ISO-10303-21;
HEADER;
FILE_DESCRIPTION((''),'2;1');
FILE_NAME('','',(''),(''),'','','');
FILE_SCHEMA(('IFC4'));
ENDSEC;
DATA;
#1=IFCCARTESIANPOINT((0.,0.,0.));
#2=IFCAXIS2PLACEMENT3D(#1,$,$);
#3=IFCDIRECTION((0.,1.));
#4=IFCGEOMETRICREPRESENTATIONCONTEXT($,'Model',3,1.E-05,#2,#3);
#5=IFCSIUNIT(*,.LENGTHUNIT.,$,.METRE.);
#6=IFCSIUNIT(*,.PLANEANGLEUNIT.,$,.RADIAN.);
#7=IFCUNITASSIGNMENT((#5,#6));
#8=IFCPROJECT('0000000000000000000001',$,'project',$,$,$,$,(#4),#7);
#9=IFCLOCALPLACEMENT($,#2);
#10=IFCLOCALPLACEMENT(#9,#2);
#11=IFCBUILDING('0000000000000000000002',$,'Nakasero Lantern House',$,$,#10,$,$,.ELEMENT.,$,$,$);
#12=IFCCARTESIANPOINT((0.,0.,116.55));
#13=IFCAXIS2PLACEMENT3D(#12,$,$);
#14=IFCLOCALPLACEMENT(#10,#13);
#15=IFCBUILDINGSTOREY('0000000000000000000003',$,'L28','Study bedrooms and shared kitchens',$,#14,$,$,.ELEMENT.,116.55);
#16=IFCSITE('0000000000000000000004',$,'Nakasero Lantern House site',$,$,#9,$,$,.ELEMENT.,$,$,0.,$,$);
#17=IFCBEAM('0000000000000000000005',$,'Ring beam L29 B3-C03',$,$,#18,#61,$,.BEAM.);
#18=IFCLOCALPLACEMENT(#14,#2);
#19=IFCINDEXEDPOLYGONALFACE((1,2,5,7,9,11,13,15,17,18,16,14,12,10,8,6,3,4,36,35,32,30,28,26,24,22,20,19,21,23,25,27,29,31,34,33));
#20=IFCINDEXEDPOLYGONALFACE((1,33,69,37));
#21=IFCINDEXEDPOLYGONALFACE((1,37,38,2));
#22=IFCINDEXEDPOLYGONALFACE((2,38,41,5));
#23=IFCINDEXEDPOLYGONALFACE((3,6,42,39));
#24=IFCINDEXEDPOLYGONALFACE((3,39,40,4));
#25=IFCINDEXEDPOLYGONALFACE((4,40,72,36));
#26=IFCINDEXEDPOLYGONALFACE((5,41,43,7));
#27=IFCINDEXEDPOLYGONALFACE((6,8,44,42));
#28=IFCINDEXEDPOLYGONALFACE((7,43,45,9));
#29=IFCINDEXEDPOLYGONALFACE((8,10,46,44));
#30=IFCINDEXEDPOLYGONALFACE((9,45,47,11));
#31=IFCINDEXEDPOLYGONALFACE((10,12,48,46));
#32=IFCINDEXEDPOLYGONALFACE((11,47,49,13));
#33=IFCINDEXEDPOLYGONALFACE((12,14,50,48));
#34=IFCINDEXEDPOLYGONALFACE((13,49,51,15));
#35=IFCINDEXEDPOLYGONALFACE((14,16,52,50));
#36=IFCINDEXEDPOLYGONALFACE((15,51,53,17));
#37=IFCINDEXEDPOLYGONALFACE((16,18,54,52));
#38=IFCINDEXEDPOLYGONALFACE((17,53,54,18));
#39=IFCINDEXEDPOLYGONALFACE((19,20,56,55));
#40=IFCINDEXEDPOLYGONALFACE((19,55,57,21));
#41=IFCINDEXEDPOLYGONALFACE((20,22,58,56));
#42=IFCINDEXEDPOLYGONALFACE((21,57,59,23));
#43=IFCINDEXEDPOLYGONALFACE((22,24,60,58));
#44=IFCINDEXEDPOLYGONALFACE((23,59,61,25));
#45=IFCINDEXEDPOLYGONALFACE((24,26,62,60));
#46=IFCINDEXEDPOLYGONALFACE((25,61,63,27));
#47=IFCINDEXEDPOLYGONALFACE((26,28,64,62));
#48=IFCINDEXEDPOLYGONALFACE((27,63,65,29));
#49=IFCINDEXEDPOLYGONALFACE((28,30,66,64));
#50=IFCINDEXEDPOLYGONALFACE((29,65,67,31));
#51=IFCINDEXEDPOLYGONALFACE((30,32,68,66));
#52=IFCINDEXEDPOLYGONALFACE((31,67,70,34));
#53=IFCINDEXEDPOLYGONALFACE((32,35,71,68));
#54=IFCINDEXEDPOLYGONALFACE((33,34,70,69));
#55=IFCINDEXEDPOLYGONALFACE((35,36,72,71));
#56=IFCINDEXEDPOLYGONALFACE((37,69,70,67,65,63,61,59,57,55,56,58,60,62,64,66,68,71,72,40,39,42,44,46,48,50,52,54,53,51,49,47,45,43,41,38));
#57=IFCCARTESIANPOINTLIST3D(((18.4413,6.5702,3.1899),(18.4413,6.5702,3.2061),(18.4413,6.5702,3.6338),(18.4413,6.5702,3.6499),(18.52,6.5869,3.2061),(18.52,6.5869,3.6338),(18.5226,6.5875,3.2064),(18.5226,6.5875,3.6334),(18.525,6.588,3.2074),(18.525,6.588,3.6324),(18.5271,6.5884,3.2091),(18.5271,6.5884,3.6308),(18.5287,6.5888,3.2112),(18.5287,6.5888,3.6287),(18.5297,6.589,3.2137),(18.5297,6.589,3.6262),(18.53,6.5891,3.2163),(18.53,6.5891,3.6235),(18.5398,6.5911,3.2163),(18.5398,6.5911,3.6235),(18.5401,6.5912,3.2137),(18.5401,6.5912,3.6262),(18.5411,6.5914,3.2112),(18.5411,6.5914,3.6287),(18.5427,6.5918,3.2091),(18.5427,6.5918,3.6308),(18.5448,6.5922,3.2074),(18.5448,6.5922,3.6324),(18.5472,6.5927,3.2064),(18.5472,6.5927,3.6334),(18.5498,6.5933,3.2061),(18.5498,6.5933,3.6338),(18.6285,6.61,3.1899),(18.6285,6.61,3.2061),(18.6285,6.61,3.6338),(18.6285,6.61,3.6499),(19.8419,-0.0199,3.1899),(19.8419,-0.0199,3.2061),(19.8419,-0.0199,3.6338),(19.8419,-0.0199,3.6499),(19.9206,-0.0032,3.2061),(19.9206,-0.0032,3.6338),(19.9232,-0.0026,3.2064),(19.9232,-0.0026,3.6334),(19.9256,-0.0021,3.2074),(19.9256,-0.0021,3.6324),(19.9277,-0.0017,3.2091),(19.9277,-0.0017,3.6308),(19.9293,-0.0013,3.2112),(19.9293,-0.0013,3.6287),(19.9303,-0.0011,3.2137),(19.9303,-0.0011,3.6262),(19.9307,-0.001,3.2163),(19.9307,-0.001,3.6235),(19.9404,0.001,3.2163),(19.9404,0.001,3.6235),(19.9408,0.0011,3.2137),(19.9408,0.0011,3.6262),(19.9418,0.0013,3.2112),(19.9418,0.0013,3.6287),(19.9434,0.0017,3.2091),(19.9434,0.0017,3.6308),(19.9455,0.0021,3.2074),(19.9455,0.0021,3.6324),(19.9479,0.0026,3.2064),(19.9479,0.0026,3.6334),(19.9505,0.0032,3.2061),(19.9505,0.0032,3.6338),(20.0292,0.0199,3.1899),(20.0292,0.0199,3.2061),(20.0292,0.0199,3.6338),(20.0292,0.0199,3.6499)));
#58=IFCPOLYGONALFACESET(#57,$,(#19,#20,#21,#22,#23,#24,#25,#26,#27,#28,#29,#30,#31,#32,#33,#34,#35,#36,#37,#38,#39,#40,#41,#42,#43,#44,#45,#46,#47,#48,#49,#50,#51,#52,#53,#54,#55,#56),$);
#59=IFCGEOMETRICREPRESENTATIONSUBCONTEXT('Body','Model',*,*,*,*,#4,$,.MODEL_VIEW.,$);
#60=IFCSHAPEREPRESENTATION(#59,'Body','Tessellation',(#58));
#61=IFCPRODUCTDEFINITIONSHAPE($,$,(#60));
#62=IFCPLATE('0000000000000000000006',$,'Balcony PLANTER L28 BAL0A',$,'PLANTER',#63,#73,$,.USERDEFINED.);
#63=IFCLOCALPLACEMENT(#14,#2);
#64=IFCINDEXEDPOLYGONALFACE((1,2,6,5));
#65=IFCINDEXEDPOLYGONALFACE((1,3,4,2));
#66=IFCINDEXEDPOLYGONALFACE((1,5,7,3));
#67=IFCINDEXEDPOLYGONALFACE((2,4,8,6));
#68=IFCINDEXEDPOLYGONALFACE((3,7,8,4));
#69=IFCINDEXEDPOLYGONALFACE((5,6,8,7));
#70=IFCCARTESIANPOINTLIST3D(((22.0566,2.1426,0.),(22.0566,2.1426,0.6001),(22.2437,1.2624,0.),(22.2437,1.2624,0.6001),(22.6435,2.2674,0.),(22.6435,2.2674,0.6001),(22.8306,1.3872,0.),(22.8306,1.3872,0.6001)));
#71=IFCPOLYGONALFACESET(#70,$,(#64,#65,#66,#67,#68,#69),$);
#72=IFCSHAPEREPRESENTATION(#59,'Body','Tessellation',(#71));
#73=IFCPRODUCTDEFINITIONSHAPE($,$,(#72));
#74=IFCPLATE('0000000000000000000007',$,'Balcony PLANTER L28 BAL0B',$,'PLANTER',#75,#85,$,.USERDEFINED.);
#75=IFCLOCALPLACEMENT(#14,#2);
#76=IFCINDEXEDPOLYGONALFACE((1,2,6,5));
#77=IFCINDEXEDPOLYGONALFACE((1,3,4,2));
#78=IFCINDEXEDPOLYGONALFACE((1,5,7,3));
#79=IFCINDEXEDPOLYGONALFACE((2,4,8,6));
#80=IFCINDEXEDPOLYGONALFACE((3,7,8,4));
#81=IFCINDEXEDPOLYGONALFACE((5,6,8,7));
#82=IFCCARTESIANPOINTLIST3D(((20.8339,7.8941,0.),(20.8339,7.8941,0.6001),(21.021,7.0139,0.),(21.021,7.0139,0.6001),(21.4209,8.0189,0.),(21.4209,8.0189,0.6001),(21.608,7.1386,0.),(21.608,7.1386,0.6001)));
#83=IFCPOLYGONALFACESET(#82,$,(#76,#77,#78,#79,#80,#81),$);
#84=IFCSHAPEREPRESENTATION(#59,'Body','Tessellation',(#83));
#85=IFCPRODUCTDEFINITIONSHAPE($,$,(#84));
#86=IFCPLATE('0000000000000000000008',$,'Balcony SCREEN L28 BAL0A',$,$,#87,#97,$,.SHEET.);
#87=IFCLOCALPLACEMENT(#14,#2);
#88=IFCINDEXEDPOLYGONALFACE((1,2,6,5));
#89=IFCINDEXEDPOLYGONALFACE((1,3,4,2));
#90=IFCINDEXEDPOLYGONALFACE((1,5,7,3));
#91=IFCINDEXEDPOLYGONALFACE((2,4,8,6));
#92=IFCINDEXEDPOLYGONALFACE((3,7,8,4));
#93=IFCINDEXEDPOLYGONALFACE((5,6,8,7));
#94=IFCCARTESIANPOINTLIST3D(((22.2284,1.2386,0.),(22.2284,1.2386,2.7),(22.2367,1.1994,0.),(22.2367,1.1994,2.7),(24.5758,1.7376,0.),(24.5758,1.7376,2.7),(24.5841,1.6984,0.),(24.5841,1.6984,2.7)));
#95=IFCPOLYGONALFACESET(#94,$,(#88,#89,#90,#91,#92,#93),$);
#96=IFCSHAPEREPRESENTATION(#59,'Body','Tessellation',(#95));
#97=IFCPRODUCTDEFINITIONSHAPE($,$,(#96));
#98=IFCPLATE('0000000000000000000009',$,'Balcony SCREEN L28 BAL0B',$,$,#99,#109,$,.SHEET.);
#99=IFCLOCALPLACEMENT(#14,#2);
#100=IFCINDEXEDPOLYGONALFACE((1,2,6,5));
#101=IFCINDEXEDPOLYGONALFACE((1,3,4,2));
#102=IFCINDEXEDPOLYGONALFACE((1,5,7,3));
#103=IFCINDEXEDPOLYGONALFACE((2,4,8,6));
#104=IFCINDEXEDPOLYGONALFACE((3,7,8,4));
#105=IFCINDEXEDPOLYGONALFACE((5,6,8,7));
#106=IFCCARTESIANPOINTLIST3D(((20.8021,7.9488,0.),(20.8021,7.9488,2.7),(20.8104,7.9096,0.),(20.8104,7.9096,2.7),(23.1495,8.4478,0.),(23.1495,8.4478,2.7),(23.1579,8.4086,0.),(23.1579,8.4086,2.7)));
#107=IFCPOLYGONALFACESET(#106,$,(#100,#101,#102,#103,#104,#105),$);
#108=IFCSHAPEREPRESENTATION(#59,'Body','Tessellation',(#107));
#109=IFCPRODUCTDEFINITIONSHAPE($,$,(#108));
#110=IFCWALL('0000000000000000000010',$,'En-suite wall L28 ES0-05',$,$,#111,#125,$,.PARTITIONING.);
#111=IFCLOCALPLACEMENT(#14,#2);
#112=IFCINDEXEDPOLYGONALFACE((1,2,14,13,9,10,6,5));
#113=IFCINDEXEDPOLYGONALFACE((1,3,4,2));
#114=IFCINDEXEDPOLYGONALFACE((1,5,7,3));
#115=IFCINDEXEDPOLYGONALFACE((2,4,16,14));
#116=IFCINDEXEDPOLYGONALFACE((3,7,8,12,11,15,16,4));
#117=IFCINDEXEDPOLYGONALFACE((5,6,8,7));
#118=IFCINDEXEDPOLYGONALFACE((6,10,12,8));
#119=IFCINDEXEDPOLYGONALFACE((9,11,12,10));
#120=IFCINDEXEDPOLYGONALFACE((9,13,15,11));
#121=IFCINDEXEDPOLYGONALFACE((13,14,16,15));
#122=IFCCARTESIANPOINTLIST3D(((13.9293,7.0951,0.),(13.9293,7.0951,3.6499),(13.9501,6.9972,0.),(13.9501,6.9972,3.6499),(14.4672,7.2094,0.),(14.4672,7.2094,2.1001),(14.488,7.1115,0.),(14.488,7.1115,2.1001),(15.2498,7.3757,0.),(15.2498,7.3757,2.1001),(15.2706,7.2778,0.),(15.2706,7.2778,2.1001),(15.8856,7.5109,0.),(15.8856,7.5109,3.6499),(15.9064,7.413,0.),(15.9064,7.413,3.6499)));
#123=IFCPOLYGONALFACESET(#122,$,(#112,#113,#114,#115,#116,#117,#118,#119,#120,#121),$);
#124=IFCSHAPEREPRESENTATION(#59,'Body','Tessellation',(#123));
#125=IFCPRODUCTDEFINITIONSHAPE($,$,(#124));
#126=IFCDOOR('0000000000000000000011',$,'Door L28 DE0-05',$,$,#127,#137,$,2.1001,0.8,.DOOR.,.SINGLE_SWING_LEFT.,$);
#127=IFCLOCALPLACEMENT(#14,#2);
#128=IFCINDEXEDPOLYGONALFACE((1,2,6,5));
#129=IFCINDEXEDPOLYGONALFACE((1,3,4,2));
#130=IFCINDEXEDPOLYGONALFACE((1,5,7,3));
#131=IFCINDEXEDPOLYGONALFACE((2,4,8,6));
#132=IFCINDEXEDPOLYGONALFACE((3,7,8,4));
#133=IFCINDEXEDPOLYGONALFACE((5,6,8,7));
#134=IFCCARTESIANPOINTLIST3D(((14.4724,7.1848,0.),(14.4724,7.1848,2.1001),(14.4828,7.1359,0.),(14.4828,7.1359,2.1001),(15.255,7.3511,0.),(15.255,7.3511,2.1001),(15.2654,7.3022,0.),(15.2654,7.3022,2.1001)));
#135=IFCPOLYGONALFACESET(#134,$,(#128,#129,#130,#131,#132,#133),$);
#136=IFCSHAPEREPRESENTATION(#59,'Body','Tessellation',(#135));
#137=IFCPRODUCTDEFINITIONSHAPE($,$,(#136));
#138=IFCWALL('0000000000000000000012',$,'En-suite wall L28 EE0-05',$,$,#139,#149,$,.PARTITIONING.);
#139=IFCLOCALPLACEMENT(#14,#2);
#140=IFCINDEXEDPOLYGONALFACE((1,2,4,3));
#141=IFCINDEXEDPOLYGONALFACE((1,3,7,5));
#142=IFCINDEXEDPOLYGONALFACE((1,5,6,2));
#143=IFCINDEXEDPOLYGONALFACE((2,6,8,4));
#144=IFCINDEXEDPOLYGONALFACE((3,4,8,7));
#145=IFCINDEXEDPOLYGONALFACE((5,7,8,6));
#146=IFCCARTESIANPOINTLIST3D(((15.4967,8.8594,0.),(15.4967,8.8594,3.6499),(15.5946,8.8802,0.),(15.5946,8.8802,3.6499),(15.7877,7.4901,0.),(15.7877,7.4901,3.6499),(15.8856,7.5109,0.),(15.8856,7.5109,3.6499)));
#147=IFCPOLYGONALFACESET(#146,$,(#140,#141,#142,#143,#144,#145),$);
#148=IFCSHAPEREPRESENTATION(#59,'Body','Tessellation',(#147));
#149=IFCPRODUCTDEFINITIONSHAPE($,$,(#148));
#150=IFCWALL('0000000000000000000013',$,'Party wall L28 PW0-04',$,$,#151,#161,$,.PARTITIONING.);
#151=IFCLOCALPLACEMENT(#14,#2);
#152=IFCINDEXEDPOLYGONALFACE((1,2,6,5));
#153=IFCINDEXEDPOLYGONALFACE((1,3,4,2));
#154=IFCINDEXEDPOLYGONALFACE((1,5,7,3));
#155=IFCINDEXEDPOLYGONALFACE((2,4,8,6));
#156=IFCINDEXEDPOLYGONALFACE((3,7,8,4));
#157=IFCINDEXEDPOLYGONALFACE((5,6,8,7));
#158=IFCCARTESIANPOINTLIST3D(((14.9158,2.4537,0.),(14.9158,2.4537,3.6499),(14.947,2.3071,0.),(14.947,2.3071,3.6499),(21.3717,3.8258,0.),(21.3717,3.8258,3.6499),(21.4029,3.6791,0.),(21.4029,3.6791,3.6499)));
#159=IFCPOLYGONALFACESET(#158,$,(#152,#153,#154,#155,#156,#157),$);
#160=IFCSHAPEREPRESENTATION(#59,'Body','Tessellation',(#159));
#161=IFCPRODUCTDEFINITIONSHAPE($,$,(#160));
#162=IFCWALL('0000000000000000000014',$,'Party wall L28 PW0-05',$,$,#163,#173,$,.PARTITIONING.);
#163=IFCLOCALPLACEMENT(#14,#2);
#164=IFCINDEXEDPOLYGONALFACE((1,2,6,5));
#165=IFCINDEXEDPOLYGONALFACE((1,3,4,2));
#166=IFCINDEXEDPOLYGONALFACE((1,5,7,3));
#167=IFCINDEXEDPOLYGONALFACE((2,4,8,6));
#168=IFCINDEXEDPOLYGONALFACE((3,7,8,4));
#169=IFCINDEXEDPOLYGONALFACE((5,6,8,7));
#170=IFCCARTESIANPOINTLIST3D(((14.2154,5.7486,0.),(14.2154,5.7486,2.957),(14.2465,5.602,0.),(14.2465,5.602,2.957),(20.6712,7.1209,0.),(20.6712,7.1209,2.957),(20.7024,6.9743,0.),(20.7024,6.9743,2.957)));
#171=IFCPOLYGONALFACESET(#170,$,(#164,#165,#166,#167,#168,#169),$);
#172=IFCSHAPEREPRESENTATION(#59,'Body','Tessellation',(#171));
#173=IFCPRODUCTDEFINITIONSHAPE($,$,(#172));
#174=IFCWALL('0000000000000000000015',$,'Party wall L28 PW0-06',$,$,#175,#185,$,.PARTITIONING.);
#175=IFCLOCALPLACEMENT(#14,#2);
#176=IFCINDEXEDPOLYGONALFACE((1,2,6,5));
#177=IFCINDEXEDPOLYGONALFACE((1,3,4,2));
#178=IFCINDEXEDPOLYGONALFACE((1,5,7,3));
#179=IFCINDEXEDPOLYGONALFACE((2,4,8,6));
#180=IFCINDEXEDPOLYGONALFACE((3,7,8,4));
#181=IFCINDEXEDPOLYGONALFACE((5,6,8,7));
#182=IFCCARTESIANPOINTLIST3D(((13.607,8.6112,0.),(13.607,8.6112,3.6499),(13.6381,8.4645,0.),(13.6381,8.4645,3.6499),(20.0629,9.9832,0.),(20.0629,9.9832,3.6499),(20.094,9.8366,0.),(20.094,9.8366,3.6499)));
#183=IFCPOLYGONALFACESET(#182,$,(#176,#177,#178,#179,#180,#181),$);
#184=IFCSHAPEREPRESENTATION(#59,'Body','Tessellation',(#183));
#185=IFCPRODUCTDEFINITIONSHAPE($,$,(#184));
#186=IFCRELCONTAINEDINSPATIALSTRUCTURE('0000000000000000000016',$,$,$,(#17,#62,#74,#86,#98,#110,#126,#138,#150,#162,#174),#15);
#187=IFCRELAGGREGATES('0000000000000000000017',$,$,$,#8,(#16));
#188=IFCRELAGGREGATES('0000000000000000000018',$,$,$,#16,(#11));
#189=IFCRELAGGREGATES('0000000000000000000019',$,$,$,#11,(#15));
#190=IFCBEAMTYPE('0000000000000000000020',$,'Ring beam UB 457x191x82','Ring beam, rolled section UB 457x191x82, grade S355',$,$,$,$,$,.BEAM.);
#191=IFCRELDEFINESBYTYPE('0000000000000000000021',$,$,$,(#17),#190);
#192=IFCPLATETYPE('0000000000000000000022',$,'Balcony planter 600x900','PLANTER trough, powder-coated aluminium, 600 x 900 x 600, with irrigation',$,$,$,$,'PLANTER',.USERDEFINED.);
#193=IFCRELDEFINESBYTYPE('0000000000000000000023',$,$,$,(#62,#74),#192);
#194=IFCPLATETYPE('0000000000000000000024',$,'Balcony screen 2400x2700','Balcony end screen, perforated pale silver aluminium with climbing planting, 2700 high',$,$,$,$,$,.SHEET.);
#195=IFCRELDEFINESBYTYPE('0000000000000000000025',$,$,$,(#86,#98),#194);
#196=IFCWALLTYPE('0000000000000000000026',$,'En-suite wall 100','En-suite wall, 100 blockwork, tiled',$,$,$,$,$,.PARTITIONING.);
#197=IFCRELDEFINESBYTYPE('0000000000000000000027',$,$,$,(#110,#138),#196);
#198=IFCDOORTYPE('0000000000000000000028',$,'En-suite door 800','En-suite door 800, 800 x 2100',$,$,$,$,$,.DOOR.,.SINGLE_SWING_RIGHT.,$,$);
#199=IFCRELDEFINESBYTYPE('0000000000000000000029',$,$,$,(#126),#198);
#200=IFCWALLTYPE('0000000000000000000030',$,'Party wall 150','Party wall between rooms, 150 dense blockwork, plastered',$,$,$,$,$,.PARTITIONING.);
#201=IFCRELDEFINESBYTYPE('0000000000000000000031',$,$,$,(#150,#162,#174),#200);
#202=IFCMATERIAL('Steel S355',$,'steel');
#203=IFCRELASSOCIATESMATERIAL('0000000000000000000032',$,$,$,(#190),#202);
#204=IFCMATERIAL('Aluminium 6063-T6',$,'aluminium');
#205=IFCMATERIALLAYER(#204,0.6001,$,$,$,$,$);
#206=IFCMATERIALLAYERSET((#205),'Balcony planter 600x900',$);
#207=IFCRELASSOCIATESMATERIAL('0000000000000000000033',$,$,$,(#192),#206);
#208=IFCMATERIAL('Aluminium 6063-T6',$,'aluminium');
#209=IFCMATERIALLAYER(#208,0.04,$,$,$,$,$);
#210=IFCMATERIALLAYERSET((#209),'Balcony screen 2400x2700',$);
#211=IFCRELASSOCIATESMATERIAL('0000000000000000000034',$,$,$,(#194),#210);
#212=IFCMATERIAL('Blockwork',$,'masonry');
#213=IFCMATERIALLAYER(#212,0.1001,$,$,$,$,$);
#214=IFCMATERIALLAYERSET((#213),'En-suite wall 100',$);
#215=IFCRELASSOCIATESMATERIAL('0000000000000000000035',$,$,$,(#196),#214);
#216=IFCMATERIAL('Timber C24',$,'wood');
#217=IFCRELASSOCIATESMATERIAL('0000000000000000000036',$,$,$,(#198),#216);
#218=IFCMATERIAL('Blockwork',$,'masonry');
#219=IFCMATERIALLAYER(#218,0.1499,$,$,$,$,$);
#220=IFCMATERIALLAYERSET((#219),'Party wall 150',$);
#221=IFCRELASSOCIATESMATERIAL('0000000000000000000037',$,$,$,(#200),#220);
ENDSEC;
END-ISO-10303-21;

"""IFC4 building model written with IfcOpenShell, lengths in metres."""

from ifc_helpers import new_model, si_unit, direction, frame, frame_2d, origin, origin_2d, place, context, subcontext, project, spatial, rectangle, i_section, extrude, material, layer, layer_set, material_profile, profile_set, type_object, element, fill, save


model = new_model("IFC4")

# Units and contexts
model_context = context("Model", 3, precision=1e-05, world=origin(), true_north=direction((0.0, 1.0)))
body_context = subcontext(model_context, "Body", "Model", "MODEL_VIEW")
ifc_project = project(units=[si_unit("LENGTHUNIT", "METRE"), si_unit("PLANEANGLEUNIT", "RADIAN")], contexts=[model_context])

# Site, building, storey
site_placement = place(None, origin())
site = spatial("IfcSite", under=ifc_project, at=site_placement, Name="Nakasero Lantern House site", CompositionType="ELEMENT", RefElevation=0.0)
building_placement = place(site_placement, origin())
building = spatial("IfcBuilding", under=site, at=building_placement, Name="Nakasero Lantern House", CompositionType="ELEMENT")
storey_placement = place(building_placement, frame((0.0, 0.0, 116.55)))
storey = spatial("IfcBuildingStorey", under=building, at=storey_placement, Name="L28", Description="Study bedrooms and shared kitchens", CompositionType="ELEMENT", Elevation=116.55)

# Beam
ifc_material_1 = material(Name="Steel S355", Category="steel")
ifc_material_profile_1 = material_profile(ifc_material_1, i_section(OverallWidth=0.1914, OverallDepth=0.46, WebThickness=0.01, FlangeThickness=0.0161, FilletRadius=0.0103, at=origin_2d()), Name="UB 457x191x82")
ifc_profile_set_1 = profile_set([ifc_material_profile_1], Name="Steel S355")
beam_type_1 = type_object("IfcBeamType", Name="Ring beam UB 457x191x82", Description="Ring beam, rolled section UB 457x191x82, grade S355", PredefinedType="BEAM", material=ifc_profile_set_1)
beam_1_placement = place(storey_placement, frame((19.9355, 0.0, 3.4199), z_axis=(-0.207893, 0.978152, 0.0), x_axis=(-0.978152, -0.207893, 0.0)))
element("IfcBeam", 1, at=beam_1_placement, inside=storey, type_object=beam_type_1, Name="Ring beam L29 B3-C03", PredefinedType="BEAM", context=body_context, shape_type="SweptSolid", body=[
    extrude(i_section(OverallWidth=0.1914, OverallDepth=0.46, WebThickness=0.01, FlangeThickness=0.0161, FilletRadius=0.0103, at=origin_2d()), origin(), (0.0, 0.0, 1.0), 6.7373),
])

# Plates
ifc_material_2 = material(Name="Aluminium 6063-T6", Category="aluminium")
ifc_layer_1 = layer(ifc_material_2, 0.6001)
ifc_layer_set_1 = layer_set([ifc_layer_1], Name="Balcony planter 600x900")
plate_type_1 = type_object("IfcPlateType", Name="Balcony planter 600x900", Description="PLANTER trough, powder-coated aluminium, 600 x 900 x 600, with irrigation", ElementType="PLANTER", PredefinedType="USERDEFINED", material=ifc_layer_set_1)
for number, where, z_axis, x_axis, name in (
    (2, (22.4436, 1.7649, 0.0), (0.0, 0.0, 1.0), (0.978148, 0.207912, 0.0), "Balcony PLANTER L28 BAL0A"),
    (3, (21.2209, 7.5164, 0.0), (0.0, 0.0, 1.0), (0.978148, 0.207912, 0.0), "Balcony PLANTER L28 BAL0B"),
):
    element("IfcPlate", number, at=place(storey_placement, frame(where, z_axis=z_axis, x_axis=x_axis)), inside=storey, type_object=plate_type_1, Name=name, ObjectType="PLANTER", PredefinedType="USERDEFINED", context=body_context, shape_type="SweptSolid", body=[
        extrude(rectangle(XDim=0.6001, YDim=0.8999, at=origin_2d()), origin(), (0.0, 0.0, 1.0), 0.6001),
    ])
ifc_material_3 = material(Name="Aluminium 6063-T6", Category="aluminium")
ifc_layer_2 = layer(ifc_material_3, 0.04)
ifc_layer_set_2 = layer_set([ifc_layer_2], Name="Balcony screen 2400x2700")
plate_type_2 = type_object("IfcPlateType", Name="Balcony screen 2400x2700", Description="Balcony end screen, perforated pale silver aluminium with climbing planting, 2700 high", PredefinedType="SHEET", material=ifc_layer_set_2)
for number, where, z_axis, x_axis, name in (
    (4, (23.4062, 1.4685, 0.0), (0.0, 0.0, 1.0), (0.978148, 0.207912, 0.0), "Balcony SCREEN L28 BAL0A"),
    (5, (21.98, 8.1787, 0.0), (0.0, 0.0, 1.0), (0.978148, 0.207912, 0.0), "Balcony SCREEN L28 BAL0B"),
):
    element("IfcPlate", number, at=place(storey_placement, frame(where, z_axis=z_axis, x_axis=x_axis)), inside=storey, type_object=plate_type_2, Name=name, PredefinedType="SHEET", context=body_context, shape_type="SweptSolid", body=[
        extrude(rectangle(XDim=2.3999, YDim=0.04, at=origin_2d()), origin(), (0.0, 0.0, 1.0), 2.7),
    ])

# Wall, opening, door
ifc_material_4 = material(Name="Blockwork", Category="masonry")
ifc_layer_3 = layer(ifc_material_4, 0.1001)
ifc_layer_set_3 = layer_set([ifc_layer_3], Name="En-suite wall 100")
wall_type_1 = type_object("IfcWallType", Name="En-suite wall 100", Description="En-suite wall, 100 blockwork, tiled", PredefinedType="PARTITIONING", material=ifc_layer_set_3)
wall_1_placement = place(storey_placement, frame((13.9397, 7.0461, 0.0), z_axis=(0.0, 0.0, 1.0), x_axis=(0.978153, 0.207886, 0.0)))
wall_1 = element("IfcWall", 6, at=wall_1_placement, inside=storey, type_object=wall_type_1, Name="En-suite wall L28 ES0-05", PredefinedType="PARTITIONING", context=body_context, shape_type="SweptSolid", body=[
    extrude(rectangle(XDim=2.0, YDim=0.1001, at=frame_2d((1.0, 0.0))), origin(), (0.0, 0.0, 1.0), 3.6499),
])
opening_placement = place(wall_1_placement, frame((0.55, 0.0, 0.0)))
opening = element("IfcOpeningElement", 7, at=opening_placement, cuts=wall_1, PredefinedType="OPENING", context=body_context, shape_type="SweptSolid", body=[
    extrude(rectangle(XDim=0.8, YDim=2.1001, at=frame_2d((0.3999, 1.05))), frame((0.0, 0.0701, 0.0), z_axis=(0.0, -1.0, 0.0), x_axis=(1.0, 0.0, 0.0)), (0.0, 0.0, 1.0), 0.1401),
])
ifc_material_5 = material(Name="Timber C24", Category="wood")
door_type = type_object("IfcDoorType", Name="En-suite door 800", Description="En-suite door 800, 800 x 2100", OperationType="SINGLE_SWING_RIGHT", PredefinedType="DOOR", material=ifc_material_5)
door_placement = place(opening_placement, origin())
door = element("IfcDoor", 8, at=door_placement, inside=storey, type_object=door_type, Name="Door L28 DE0-05", OperationType="SINGLE_SWING_LEFT", OverallHeight=2.1001, OverallWidth=0.8, PredefinedType="DOOR", context=body_context, shape_type="SweptSolid", body=[
    extrude(rectangle(XDim=0.8, YDim=2.1001, at=frame_2d((0.3999, 1.05))), frame((0.0, 0.0249, 0.0), z_axis=(0.0, -1.0, 0.0), x_axis=(1.0, 0.0, 0.0)), (0.0, 0.0, 1.0), 0.05),
])
fill(opening, door)

# Walls
wall_2_placement = place(storey_placement, frame((15.8367, 7.5005, 0.0), z_axis=(0.0, 0.0, 1.0), x_axis=(-0.207873, 0.978156, 0.0)))
element("IfcWall", 9, at=wall_2_placement, inside=storey, type_object=wall_type_1, Name="En-suite wall L28 EE0-05", PredefinedType="PARTITIONING", context=body_context, shape_type="SweptSolid", body=[
    extrude(rectangle(XDim=1.3999, YDim=0.1001, at=frame_2d((0.7, 0.0))), origin(), (0.0, 0.0, 1.0), 3.6499),
])
ifc_material_6 = material(Name="Blockwork", Category="masonry")
ifc_layer_4 = layer(ifc_material_6, 0.1499)
ifc_layer_set_4 = layer_set([ifc_layer_4], Name="Party wall 150")
wall_type_2 = type_object("IfcWallType", Name="Party wall 150", Description="Party wall between rooms, 150 dense blockwork, plastered", PredefinedType="PARTITIONING", material=ifc_layer_set_4)
wall_3_placement = place(storey_placement, frame((14.9314, 2.3804, 0.0), z_axis=(0.0, 0.0, 1.0), x_axis=(0.978152, 0.207889, 0.0)))
element("IfcWall", 10, at=wall_3_placement, inside=storey, type_object=wall_type_2, Name="Party wall L28 PW0-04", PredefinedType="PARTITIONING", context=body_context, shape_type="SweptSolid", body=[
    extrude(rectangle(XDim=6.6001, YDim=0.1499, at=frame_2d((3.3, 0.0))), origin(), (0.0, 0.0, 1.0), 3.6499),
])
wall_4_placement = place(storey_placement, frame((14.231, 5.6753, 0.0), z_axis=(0.0, 0.0, 1.0), x_axis=(0.978145, 0.207925, 0.0)))
element("IfcWall", 11, at=wall_4_placement, inside=storey, type_object=wall_type_2, Name="Party wall L28 PW0-05", PredefinedType="PARTITIONING", context=body_context, shape_type="SweptSolid", body=[
    extrude(rectangle(XDim=6.6001, YDim=0.1499, at=frame_2d((3.3, 0.0))), origin(), (0.0, 0.0, 1.0), 2.957),
])
wall_5_placement = place(storey_placement, frame((13.6226, 8.5378, 0.0), z_axis=(0.0, 0.0, 1.0), x_axis=(0.978152, 0.207889, 0.0)))
element("IfcWall", 12, at=wall_5_placement, inside=storey, type_object=wall_type_2, Name="Party wall L28 PW0-06", PredefinedType="PARTITIONING", context=body_context, shape_type="SweptSolid", body=[
    extrude(rectangle(XDim=6.6001, YDim=0.1499, at=frame_2d((3.3, 0.0))), origin(), (0.0, 0.0, 1.0), 3.6499),
])

save(model, "model.ifc")
